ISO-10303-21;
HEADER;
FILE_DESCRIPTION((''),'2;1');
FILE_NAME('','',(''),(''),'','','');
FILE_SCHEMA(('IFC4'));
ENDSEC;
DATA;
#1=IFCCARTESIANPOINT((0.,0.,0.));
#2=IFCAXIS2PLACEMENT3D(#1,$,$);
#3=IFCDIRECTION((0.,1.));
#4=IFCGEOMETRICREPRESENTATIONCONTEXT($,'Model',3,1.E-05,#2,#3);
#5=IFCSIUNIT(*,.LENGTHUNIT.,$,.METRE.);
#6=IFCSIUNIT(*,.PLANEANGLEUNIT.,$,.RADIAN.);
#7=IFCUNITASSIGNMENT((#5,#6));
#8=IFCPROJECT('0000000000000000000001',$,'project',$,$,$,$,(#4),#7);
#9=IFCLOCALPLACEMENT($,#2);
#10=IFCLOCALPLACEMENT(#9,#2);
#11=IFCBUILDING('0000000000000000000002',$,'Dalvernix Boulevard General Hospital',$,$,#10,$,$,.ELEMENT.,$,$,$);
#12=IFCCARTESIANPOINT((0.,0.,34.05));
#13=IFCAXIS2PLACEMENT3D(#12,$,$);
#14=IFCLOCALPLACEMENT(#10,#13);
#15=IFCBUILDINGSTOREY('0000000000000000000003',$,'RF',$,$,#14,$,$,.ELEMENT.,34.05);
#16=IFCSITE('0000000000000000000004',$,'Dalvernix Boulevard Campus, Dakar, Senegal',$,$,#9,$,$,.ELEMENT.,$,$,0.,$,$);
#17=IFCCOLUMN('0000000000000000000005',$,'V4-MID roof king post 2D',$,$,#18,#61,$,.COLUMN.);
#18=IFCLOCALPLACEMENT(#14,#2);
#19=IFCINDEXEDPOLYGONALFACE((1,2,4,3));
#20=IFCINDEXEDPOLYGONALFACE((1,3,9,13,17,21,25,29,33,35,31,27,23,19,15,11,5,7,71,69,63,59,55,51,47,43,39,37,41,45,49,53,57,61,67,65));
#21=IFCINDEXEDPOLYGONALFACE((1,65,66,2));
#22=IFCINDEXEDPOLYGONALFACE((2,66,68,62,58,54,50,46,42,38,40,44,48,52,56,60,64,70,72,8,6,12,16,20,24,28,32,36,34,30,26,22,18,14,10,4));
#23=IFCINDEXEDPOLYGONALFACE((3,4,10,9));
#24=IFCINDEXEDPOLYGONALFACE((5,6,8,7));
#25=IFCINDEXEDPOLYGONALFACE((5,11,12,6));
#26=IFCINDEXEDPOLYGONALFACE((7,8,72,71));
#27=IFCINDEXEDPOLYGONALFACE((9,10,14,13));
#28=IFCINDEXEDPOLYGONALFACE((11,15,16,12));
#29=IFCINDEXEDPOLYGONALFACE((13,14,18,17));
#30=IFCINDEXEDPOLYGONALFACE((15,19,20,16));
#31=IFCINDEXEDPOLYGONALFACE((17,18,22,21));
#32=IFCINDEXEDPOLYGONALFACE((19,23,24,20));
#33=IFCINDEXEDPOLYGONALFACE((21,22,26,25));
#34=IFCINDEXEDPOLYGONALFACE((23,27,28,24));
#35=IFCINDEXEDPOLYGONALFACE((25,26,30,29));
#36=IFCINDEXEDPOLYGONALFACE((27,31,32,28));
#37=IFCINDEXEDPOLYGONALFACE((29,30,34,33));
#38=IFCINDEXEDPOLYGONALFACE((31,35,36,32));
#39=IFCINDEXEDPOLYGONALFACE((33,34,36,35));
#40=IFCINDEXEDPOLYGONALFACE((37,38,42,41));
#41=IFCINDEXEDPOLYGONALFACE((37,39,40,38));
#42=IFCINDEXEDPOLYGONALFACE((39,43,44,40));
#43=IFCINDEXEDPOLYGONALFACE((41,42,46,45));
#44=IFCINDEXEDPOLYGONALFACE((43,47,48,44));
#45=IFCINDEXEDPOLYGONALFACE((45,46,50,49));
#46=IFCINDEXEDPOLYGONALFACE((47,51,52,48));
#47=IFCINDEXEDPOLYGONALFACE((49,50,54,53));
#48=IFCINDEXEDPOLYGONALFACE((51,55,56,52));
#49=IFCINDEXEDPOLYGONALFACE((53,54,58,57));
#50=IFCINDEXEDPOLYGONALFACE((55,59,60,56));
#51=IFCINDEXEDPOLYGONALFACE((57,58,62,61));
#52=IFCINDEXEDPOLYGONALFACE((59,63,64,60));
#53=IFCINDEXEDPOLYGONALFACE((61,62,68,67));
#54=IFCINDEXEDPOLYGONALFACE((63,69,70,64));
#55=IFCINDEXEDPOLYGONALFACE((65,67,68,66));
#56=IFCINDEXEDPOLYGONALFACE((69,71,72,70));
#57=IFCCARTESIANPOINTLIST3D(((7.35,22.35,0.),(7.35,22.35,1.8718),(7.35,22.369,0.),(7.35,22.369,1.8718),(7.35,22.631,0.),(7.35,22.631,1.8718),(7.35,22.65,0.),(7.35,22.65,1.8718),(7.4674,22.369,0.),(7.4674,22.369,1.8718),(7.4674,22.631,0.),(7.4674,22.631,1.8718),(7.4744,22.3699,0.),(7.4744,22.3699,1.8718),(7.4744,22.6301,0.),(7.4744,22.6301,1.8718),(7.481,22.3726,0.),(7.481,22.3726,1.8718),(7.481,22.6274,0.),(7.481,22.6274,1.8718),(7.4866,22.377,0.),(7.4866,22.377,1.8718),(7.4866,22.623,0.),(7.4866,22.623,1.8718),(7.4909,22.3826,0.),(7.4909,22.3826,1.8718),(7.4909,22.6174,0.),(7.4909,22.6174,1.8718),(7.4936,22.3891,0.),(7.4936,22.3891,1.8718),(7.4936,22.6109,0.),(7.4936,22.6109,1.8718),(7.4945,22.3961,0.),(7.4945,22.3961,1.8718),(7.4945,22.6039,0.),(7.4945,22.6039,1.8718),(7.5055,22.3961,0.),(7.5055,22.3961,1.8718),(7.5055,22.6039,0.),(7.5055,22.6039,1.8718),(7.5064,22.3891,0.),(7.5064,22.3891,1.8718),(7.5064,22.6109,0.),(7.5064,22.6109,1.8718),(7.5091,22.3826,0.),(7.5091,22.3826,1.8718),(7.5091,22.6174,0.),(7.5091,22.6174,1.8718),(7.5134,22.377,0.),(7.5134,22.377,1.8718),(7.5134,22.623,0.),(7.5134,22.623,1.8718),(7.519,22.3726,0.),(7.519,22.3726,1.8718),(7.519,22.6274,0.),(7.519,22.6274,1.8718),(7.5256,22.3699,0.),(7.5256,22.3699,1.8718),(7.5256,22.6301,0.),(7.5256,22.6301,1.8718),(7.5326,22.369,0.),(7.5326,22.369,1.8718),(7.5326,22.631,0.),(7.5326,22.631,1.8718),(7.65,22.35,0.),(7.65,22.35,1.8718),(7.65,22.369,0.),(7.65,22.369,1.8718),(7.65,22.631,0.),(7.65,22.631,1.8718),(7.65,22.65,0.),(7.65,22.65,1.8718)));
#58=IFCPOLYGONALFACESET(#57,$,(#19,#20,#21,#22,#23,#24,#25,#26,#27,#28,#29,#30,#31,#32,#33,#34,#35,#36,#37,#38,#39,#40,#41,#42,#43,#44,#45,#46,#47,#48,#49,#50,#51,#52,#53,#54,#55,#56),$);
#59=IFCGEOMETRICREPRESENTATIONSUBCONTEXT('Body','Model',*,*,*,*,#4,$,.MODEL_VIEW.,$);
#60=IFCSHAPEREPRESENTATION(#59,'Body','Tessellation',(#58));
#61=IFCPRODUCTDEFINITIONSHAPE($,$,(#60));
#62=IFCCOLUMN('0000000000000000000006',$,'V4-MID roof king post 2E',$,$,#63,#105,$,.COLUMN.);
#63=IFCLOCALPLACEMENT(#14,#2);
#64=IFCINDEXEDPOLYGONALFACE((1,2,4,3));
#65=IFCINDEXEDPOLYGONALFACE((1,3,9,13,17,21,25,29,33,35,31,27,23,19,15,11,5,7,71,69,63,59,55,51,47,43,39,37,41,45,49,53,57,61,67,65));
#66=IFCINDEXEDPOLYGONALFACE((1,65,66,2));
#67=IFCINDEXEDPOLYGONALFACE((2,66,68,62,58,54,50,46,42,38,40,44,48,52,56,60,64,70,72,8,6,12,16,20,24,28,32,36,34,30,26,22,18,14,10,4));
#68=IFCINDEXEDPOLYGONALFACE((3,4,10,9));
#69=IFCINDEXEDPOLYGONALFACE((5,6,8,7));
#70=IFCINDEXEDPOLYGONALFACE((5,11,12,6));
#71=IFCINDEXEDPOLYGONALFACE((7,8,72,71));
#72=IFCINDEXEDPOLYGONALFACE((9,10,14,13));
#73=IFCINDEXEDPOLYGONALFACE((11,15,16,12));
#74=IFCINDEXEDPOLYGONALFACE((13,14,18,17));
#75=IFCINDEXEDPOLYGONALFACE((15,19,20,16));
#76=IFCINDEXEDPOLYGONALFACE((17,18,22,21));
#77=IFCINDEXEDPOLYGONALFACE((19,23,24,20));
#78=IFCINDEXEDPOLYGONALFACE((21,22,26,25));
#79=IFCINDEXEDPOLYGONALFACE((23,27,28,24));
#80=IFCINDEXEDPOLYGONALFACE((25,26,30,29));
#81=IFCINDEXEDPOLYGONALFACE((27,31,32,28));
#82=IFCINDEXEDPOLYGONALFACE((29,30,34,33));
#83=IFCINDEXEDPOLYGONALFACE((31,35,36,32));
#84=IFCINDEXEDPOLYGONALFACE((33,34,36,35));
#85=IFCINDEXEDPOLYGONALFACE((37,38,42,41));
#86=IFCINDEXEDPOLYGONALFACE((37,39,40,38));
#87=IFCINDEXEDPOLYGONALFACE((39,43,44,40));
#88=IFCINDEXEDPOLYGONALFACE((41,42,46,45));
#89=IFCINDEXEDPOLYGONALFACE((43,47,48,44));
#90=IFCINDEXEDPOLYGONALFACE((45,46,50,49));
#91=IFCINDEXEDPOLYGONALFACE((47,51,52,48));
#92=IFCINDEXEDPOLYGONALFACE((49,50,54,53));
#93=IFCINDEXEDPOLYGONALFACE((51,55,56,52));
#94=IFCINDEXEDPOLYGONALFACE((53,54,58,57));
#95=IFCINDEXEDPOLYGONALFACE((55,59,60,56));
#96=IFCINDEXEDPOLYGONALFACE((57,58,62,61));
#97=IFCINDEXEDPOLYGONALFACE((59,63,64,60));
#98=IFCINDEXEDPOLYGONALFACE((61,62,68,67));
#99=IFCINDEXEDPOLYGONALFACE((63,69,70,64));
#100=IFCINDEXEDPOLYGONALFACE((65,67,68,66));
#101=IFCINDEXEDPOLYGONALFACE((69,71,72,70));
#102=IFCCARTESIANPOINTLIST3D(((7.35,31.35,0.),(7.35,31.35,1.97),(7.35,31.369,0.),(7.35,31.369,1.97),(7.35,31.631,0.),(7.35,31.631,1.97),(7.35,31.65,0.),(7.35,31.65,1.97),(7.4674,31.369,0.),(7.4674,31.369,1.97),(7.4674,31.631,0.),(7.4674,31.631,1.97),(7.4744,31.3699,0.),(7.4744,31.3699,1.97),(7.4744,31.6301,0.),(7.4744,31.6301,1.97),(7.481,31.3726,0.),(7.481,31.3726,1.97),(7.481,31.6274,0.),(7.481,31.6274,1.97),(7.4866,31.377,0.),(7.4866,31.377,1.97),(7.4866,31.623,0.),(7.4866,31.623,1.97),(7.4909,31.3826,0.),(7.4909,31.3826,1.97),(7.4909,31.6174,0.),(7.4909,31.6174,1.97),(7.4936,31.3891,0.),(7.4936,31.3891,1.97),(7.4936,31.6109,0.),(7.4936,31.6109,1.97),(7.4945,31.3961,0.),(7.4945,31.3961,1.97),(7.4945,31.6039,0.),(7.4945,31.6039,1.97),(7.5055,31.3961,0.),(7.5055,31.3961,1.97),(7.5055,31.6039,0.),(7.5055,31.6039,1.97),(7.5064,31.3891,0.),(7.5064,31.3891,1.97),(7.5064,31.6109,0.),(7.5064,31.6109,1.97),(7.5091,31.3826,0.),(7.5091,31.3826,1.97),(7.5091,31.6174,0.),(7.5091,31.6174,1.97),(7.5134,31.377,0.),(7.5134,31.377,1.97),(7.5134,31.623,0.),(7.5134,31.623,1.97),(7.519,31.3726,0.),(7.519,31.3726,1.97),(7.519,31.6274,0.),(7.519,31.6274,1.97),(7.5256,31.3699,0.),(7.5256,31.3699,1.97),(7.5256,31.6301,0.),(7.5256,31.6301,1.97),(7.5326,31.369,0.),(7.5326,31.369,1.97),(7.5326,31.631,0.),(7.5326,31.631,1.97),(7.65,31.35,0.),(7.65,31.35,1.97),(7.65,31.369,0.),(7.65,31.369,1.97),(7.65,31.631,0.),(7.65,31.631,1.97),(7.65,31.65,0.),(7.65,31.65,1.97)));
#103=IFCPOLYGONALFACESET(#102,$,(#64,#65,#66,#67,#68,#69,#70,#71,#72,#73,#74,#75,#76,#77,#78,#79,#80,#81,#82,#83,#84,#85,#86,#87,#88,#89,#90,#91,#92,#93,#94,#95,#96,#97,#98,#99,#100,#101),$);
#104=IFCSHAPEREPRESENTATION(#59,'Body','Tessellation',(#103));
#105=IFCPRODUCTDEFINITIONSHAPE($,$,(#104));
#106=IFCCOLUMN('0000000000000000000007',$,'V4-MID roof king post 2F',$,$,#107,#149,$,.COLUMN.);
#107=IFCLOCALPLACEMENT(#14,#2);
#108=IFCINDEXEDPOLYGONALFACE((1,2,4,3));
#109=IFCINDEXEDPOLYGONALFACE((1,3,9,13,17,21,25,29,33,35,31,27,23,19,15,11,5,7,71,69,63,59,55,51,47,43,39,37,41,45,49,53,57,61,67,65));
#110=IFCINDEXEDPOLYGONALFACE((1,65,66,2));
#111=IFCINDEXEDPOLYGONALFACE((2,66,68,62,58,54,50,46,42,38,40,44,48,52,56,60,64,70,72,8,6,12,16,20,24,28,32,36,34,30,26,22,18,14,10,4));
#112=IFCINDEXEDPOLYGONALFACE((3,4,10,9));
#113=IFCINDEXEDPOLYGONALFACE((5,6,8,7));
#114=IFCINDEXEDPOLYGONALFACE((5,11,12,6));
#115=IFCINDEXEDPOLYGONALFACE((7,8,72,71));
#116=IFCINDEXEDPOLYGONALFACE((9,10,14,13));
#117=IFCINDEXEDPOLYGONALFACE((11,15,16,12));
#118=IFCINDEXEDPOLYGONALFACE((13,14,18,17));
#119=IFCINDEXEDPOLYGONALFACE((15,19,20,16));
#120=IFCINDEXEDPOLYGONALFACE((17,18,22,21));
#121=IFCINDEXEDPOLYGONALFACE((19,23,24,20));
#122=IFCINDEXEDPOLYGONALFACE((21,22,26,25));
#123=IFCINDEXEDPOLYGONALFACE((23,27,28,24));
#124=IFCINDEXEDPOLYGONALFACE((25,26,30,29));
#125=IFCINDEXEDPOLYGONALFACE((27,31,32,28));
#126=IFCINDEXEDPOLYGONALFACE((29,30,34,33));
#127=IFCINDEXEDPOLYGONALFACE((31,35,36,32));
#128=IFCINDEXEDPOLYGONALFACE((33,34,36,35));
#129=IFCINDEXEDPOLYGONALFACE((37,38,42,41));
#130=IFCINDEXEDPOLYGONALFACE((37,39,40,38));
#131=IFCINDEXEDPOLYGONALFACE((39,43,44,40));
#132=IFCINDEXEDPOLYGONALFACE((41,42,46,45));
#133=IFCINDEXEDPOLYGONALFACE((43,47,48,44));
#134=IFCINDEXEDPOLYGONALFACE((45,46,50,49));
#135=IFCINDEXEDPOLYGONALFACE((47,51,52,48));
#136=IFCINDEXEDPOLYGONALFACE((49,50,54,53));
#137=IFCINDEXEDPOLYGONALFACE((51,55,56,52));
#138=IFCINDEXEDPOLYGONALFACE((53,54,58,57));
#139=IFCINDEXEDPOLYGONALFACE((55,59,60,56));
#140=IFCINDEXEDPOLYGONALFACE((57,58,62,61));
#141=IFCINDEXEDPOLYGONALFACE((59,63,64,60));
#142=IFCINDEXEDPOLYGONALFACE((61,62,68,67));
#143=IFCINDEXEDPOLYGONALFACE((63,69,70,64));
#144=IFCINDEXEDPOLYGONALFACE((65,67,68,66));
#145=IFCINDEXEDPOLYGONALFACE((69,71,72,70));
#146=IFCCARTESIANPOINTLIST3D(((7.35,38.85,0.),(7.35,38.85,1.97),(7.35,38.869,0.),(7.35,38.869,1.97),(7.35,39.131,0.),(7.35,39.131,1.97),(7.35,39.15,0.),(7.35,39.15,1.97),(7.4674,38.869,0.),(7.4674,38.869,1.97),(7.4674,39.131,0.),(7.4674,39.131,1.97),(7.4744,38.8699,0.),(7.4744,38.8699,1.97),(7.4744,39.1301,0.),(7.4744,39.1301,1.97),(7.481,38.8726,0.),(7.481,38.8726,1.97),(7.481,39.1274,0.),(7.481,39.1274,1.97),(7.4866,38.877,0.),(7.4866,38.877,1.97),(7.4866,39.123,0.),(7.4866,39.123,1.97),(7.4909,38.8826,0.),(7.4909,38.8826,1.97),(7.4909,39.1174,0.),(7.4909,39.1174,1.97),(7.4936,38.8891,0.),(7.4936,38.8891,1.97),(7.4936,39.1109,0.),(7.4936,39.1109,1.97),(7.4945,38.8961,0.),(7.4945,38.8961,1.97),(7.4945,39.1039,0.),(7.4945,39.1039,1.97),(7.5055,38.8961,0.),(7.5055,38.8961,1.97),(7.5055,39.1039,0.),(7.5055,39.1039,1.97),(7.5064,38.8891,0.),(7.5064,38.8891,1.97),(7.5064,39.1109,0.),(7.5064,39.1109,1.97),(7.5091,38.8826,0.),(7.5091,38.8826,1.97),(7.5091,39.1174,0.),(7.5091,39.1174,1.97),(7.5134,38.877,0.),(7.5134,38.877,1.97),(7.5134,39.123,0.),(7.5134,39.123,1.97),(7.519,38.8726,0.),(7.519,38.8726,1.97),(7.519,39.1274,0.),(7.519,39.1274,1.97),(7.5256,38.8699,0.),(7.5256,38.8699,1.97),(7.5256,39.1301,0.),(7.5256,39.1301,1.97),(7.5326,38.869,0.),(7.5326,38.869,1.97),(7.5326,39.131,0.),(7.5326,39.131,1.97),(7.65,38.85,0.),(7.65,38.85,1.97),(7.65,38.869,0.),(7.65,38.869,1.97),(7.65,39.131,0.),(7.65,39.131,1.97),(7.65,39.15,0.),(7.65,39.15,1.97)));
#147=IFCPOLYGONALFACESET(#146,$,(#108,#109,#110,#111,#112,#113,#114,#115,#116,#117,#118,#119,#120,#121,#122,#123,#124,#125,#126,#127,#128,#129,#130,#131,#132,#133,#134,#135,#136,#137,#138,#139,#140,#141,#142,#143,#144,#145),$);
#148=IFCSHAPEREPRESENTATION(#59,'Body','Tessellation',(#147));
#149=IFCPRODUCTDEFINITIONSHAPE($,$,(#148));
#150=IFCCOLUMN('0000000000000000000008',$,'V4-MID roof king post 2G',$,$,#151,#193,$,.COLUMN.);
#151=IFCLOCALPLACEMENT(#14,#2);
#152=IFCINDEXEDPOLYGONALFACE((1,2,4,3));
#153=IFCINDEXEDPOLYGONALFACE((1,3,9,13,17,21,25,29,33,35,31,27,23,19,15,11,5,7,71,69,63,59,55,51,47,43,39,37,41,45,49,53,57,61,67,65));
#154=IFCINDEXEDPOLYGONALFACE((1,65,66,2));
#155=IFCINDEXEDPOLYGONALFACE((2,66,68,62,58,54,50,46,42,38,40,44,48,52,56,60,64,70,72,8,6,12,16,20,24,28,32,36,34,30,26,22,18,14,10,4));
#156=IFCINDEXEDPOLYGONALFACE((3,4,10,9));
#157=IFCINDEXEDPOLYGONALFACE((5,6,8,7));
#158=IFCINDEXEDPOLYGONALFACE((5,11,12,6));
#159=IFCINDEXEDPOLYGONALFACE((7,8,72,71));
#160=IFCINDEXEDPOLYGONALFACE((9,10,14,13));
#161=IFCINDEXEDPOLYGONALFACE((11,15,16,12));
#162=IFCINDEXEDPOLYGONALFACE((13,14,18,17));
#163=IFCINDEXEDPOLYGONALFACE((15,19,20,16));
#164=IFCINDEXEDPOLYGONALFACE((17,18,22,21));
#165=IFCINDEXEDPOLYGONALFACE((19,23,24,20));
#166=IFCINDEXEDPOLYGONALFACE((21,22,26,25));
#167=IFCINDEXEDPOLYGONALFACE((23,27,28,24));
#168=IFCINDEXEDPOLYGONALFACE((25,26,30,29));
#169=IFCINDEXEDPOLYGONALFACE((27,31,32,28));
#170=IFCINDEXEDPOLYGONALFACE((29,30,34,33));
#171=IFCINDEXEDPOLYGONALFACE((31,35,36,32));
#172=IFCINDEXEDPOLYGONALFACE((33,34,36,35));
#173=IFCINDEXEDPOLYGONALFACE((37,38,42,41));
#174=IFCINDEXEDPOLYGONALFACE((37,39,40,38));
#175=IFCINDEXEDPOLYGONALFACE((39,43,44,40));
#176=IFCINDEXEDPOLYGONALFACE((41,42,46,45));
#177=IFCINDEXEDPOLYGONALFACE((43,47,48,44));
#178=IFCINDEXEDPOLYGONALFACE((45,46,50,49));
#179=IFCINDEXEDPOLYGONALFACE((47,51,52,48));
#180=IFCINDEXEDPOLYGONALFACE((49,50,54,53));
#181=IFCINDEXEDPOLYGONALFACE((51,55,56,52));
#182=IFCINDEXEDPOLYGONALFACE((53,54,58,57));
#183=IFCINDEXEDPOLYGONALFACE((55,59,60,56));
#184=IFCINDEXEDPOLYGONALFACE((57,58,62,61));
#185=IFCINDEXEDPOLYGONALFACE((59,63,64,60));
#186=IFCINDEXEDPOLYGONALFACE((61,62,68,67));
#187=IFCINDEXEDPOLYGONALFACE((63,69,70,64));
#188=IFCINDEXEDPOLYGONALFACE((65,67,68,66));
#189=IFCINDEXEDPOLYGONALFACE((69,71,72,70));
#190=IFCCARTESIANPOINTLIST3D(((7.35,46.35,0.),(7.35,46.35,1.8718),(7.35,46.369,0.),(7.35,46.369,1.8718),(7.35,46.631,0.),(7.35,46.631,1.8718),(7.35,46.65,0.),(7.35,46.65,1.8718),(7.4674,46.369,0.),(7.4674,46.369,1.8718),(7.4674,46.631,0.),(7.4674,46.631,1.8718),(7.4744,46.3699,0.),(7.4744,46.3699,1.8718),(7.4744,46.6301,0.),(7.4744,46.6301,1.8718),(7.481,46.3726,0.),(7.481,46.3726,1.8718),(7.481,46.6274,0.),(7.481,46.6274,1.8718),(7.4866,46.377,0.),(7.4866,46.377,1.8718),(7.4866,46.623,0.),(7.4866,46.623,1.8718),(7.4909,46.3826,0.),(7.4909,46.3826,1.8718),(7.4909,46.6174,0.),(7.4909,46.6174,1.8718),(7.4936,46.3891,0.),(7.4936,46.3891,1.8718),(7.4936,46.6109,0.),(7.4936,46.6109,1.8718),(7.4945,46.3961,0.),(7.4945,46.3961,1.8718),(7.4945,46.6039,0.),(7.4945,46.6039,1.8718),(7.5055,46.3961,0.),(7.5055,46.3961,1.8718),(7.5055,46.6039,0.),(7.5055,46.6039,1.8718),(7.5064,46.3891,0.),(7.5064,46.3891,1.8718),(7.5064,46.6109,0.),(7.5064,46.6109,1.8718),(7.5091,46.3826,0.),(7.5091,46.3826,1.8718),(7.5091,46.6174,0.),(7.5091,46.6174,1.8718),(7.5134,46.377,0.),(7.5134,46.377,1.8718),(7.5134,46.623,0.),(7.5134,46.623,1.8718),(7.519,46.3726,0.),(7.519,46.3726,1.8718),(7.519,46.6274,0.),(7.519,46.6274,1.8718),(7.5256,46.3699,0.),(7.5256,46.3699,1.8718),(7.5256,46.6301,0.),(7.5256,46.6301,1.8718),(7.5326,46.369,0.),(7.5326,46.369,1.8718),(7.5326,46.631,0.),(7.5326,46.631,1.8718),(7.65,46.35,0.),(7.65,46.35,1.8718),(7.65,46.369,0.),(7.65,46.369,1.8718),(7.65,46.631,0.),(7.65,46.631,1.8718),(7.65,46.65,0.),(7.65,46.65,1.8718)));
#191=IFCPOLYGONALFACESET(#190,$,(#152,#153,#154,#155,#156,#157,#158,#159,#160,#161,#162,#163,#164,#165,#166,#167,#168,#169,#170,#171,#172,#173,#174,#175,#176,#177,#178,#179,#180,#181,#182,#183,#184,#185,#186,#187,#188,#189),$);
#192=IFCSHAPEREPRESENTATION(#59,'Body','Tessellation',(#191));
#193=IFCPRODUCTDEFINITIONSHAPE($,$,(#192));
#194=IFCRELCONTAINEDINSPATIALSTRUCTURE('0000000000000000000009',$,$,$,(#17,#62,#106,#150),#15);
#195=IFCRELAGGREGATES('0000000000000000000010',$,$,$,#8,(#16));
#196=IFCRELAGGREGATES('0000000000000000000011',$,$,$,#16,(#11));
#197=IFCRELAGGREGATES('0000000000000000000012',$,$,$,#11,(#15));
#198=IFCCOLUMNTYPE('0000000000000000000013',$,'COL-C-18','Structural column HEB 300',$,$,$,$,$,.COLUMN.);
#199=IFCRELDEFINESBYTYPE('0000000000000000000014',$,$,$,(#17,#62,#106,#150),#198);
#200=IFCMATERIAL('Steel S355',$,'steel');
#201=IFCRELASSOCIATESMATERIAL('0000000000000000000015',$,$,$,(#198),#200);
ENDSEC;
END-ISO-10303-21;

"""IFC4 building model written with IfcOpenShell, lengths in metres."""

from ifc_helpers import new_model, si_unit, direction, frame, origin, origin_2d, place, context, subcontext, project, spatial, i_section, extrude, material, material_profile, profile_set, type_object, element, save


model = new_model("IFC4")

# Units and contexts
model_context = context("Model", 3, precision=1e-05, world=origin(), true_north=direction((0.0, 1.0)))
body_context = subcontext(model_context, "Body", "Model", "MODEL_VIEW")
ifc_project = project(units=[si_unit("LENGTHUNIT", "METRE"), si_unit("PLANEANGLEUNIT", "RADIAN")], contexts=[model_context])

# Site, building, storey
site_placement = place(None, origin())
site = spatial("IfcSite", under=ifc_project, at=site_placement, Name="Dalvernix Boulevard Campus, Dakar, Senegal", CompositionType="ELEMENT", RefElevation=0.0)
building_placement = place(site_placement, origin())
building = spatial("IfcBuilding", under=site, at=building_placement, Name="Dalvernix Boulevard General Hospital", CompositionType="ELEMENT")
storey_placement = place(building_placement, frame((0.0, 0.0, 34.05)))
storey = spatial("IfcBuildingStorey", under=building, at=storey_placement, Name="RF", CompositionType="ELEMENT", Elevation=34.05)

# Columns
ifc_material_1 = material(Name="Steel S355", Category="steel")
ifc_material_profile_1 = material_profile(ifc_material_1, i_section(OverallWidth=0.3, OverallDepth=0.3, WebThickness=0.011, FlangeThickness=0.019, FilletRadius=0.0271, at=origin_2d()), Name="HEB 300")
ifc_profile_set_1 = profile_set([ifc_material_profile_1], Name="Steel S355")
column_type = type_object("IfcColumnType", Name="COL-C-18", Description="Structural column HEB 300", PredefinedType="COLUMN", material=ifc_profile_set_1)
column_1_placement = place(storey_placement, frame((7.5, 22.5, 0.0), z_axis=(0.0, 0.0, 1.0), x_axis=(1.0, 0.0, 0.0)))
element("IfcColumn", 1, at=column_1_placement, inside=storey, type_object=column_type, Name="V4-MID roof king post 2D", PredefinedType="COLUMN", context=body_context, shape_type="SweptSolid", body=[
    extrude(i_section(OverallWidth=0.3, OverallDepth=0.3, WebThickness=0.011, FlangeThickness=0.019, FilletRadius=0.0271, at=origin_2d()), origin(), (0.0, 0.0, 1.0), 1.8718),
])
for number, where, z_axis, x_axis, name in (
    (2, (7.5, 31.5, 0.0), (0.0, 0.0, 1.0), (1.0, 0.0, 0.0), "V4-MID roof king post 2E"),
    (3, (7.5, 39.0, 0.0), (0.0, 0.0, 1.0), (1.0, 0.0, 0.0), "V4-MID roof king post 2F"),
):
    element("IfcColumn", number, at=place(storey_placement, frame(where, z_axis=z_axis, x_axis=x_axis)), inside=storey, type_object=column_type, Name=name, PredefinedType="COLUMN", context=body_context, shape_type="SweptSolid", body=[
        extrude(i_section(OverallWidth=0.3, OverallDepth=0.3, WebThickness=0.011, FlangeThickness=0.019, FilletRadius=0.0271, at=origin_2d()), origin(), (0.0, 0.0, 1.0), 1.97),
    ])
for number, where, z_axis, x_axis, name in (
    (4, (7.5, 46.5, 0.0), (0.0, 0.0, 1.0), (1.0, 0.0, 0.0), "V4-MID roof king post 2G"),
):
    element("IfcColumn", number, at=place(storey_placement, frame(where, z_axis=z_axis, x_axis=x_axis)), inside=storey, type_object=column_type, Name=name, PredefinedType="COLUMN", context=body_context, shape_type="SweptSolid", body=[
        extrude(i_section(OverallWidth=0.3, OverallDepth=0.3, WebThickness=0.011, FlangeThickness=0.019, FilletRadius=0.0271, at=origin_2d()), origin(), (0.0, 0.0, 1.0), 1.8718),
    ])

save(model, "model.ifc")
